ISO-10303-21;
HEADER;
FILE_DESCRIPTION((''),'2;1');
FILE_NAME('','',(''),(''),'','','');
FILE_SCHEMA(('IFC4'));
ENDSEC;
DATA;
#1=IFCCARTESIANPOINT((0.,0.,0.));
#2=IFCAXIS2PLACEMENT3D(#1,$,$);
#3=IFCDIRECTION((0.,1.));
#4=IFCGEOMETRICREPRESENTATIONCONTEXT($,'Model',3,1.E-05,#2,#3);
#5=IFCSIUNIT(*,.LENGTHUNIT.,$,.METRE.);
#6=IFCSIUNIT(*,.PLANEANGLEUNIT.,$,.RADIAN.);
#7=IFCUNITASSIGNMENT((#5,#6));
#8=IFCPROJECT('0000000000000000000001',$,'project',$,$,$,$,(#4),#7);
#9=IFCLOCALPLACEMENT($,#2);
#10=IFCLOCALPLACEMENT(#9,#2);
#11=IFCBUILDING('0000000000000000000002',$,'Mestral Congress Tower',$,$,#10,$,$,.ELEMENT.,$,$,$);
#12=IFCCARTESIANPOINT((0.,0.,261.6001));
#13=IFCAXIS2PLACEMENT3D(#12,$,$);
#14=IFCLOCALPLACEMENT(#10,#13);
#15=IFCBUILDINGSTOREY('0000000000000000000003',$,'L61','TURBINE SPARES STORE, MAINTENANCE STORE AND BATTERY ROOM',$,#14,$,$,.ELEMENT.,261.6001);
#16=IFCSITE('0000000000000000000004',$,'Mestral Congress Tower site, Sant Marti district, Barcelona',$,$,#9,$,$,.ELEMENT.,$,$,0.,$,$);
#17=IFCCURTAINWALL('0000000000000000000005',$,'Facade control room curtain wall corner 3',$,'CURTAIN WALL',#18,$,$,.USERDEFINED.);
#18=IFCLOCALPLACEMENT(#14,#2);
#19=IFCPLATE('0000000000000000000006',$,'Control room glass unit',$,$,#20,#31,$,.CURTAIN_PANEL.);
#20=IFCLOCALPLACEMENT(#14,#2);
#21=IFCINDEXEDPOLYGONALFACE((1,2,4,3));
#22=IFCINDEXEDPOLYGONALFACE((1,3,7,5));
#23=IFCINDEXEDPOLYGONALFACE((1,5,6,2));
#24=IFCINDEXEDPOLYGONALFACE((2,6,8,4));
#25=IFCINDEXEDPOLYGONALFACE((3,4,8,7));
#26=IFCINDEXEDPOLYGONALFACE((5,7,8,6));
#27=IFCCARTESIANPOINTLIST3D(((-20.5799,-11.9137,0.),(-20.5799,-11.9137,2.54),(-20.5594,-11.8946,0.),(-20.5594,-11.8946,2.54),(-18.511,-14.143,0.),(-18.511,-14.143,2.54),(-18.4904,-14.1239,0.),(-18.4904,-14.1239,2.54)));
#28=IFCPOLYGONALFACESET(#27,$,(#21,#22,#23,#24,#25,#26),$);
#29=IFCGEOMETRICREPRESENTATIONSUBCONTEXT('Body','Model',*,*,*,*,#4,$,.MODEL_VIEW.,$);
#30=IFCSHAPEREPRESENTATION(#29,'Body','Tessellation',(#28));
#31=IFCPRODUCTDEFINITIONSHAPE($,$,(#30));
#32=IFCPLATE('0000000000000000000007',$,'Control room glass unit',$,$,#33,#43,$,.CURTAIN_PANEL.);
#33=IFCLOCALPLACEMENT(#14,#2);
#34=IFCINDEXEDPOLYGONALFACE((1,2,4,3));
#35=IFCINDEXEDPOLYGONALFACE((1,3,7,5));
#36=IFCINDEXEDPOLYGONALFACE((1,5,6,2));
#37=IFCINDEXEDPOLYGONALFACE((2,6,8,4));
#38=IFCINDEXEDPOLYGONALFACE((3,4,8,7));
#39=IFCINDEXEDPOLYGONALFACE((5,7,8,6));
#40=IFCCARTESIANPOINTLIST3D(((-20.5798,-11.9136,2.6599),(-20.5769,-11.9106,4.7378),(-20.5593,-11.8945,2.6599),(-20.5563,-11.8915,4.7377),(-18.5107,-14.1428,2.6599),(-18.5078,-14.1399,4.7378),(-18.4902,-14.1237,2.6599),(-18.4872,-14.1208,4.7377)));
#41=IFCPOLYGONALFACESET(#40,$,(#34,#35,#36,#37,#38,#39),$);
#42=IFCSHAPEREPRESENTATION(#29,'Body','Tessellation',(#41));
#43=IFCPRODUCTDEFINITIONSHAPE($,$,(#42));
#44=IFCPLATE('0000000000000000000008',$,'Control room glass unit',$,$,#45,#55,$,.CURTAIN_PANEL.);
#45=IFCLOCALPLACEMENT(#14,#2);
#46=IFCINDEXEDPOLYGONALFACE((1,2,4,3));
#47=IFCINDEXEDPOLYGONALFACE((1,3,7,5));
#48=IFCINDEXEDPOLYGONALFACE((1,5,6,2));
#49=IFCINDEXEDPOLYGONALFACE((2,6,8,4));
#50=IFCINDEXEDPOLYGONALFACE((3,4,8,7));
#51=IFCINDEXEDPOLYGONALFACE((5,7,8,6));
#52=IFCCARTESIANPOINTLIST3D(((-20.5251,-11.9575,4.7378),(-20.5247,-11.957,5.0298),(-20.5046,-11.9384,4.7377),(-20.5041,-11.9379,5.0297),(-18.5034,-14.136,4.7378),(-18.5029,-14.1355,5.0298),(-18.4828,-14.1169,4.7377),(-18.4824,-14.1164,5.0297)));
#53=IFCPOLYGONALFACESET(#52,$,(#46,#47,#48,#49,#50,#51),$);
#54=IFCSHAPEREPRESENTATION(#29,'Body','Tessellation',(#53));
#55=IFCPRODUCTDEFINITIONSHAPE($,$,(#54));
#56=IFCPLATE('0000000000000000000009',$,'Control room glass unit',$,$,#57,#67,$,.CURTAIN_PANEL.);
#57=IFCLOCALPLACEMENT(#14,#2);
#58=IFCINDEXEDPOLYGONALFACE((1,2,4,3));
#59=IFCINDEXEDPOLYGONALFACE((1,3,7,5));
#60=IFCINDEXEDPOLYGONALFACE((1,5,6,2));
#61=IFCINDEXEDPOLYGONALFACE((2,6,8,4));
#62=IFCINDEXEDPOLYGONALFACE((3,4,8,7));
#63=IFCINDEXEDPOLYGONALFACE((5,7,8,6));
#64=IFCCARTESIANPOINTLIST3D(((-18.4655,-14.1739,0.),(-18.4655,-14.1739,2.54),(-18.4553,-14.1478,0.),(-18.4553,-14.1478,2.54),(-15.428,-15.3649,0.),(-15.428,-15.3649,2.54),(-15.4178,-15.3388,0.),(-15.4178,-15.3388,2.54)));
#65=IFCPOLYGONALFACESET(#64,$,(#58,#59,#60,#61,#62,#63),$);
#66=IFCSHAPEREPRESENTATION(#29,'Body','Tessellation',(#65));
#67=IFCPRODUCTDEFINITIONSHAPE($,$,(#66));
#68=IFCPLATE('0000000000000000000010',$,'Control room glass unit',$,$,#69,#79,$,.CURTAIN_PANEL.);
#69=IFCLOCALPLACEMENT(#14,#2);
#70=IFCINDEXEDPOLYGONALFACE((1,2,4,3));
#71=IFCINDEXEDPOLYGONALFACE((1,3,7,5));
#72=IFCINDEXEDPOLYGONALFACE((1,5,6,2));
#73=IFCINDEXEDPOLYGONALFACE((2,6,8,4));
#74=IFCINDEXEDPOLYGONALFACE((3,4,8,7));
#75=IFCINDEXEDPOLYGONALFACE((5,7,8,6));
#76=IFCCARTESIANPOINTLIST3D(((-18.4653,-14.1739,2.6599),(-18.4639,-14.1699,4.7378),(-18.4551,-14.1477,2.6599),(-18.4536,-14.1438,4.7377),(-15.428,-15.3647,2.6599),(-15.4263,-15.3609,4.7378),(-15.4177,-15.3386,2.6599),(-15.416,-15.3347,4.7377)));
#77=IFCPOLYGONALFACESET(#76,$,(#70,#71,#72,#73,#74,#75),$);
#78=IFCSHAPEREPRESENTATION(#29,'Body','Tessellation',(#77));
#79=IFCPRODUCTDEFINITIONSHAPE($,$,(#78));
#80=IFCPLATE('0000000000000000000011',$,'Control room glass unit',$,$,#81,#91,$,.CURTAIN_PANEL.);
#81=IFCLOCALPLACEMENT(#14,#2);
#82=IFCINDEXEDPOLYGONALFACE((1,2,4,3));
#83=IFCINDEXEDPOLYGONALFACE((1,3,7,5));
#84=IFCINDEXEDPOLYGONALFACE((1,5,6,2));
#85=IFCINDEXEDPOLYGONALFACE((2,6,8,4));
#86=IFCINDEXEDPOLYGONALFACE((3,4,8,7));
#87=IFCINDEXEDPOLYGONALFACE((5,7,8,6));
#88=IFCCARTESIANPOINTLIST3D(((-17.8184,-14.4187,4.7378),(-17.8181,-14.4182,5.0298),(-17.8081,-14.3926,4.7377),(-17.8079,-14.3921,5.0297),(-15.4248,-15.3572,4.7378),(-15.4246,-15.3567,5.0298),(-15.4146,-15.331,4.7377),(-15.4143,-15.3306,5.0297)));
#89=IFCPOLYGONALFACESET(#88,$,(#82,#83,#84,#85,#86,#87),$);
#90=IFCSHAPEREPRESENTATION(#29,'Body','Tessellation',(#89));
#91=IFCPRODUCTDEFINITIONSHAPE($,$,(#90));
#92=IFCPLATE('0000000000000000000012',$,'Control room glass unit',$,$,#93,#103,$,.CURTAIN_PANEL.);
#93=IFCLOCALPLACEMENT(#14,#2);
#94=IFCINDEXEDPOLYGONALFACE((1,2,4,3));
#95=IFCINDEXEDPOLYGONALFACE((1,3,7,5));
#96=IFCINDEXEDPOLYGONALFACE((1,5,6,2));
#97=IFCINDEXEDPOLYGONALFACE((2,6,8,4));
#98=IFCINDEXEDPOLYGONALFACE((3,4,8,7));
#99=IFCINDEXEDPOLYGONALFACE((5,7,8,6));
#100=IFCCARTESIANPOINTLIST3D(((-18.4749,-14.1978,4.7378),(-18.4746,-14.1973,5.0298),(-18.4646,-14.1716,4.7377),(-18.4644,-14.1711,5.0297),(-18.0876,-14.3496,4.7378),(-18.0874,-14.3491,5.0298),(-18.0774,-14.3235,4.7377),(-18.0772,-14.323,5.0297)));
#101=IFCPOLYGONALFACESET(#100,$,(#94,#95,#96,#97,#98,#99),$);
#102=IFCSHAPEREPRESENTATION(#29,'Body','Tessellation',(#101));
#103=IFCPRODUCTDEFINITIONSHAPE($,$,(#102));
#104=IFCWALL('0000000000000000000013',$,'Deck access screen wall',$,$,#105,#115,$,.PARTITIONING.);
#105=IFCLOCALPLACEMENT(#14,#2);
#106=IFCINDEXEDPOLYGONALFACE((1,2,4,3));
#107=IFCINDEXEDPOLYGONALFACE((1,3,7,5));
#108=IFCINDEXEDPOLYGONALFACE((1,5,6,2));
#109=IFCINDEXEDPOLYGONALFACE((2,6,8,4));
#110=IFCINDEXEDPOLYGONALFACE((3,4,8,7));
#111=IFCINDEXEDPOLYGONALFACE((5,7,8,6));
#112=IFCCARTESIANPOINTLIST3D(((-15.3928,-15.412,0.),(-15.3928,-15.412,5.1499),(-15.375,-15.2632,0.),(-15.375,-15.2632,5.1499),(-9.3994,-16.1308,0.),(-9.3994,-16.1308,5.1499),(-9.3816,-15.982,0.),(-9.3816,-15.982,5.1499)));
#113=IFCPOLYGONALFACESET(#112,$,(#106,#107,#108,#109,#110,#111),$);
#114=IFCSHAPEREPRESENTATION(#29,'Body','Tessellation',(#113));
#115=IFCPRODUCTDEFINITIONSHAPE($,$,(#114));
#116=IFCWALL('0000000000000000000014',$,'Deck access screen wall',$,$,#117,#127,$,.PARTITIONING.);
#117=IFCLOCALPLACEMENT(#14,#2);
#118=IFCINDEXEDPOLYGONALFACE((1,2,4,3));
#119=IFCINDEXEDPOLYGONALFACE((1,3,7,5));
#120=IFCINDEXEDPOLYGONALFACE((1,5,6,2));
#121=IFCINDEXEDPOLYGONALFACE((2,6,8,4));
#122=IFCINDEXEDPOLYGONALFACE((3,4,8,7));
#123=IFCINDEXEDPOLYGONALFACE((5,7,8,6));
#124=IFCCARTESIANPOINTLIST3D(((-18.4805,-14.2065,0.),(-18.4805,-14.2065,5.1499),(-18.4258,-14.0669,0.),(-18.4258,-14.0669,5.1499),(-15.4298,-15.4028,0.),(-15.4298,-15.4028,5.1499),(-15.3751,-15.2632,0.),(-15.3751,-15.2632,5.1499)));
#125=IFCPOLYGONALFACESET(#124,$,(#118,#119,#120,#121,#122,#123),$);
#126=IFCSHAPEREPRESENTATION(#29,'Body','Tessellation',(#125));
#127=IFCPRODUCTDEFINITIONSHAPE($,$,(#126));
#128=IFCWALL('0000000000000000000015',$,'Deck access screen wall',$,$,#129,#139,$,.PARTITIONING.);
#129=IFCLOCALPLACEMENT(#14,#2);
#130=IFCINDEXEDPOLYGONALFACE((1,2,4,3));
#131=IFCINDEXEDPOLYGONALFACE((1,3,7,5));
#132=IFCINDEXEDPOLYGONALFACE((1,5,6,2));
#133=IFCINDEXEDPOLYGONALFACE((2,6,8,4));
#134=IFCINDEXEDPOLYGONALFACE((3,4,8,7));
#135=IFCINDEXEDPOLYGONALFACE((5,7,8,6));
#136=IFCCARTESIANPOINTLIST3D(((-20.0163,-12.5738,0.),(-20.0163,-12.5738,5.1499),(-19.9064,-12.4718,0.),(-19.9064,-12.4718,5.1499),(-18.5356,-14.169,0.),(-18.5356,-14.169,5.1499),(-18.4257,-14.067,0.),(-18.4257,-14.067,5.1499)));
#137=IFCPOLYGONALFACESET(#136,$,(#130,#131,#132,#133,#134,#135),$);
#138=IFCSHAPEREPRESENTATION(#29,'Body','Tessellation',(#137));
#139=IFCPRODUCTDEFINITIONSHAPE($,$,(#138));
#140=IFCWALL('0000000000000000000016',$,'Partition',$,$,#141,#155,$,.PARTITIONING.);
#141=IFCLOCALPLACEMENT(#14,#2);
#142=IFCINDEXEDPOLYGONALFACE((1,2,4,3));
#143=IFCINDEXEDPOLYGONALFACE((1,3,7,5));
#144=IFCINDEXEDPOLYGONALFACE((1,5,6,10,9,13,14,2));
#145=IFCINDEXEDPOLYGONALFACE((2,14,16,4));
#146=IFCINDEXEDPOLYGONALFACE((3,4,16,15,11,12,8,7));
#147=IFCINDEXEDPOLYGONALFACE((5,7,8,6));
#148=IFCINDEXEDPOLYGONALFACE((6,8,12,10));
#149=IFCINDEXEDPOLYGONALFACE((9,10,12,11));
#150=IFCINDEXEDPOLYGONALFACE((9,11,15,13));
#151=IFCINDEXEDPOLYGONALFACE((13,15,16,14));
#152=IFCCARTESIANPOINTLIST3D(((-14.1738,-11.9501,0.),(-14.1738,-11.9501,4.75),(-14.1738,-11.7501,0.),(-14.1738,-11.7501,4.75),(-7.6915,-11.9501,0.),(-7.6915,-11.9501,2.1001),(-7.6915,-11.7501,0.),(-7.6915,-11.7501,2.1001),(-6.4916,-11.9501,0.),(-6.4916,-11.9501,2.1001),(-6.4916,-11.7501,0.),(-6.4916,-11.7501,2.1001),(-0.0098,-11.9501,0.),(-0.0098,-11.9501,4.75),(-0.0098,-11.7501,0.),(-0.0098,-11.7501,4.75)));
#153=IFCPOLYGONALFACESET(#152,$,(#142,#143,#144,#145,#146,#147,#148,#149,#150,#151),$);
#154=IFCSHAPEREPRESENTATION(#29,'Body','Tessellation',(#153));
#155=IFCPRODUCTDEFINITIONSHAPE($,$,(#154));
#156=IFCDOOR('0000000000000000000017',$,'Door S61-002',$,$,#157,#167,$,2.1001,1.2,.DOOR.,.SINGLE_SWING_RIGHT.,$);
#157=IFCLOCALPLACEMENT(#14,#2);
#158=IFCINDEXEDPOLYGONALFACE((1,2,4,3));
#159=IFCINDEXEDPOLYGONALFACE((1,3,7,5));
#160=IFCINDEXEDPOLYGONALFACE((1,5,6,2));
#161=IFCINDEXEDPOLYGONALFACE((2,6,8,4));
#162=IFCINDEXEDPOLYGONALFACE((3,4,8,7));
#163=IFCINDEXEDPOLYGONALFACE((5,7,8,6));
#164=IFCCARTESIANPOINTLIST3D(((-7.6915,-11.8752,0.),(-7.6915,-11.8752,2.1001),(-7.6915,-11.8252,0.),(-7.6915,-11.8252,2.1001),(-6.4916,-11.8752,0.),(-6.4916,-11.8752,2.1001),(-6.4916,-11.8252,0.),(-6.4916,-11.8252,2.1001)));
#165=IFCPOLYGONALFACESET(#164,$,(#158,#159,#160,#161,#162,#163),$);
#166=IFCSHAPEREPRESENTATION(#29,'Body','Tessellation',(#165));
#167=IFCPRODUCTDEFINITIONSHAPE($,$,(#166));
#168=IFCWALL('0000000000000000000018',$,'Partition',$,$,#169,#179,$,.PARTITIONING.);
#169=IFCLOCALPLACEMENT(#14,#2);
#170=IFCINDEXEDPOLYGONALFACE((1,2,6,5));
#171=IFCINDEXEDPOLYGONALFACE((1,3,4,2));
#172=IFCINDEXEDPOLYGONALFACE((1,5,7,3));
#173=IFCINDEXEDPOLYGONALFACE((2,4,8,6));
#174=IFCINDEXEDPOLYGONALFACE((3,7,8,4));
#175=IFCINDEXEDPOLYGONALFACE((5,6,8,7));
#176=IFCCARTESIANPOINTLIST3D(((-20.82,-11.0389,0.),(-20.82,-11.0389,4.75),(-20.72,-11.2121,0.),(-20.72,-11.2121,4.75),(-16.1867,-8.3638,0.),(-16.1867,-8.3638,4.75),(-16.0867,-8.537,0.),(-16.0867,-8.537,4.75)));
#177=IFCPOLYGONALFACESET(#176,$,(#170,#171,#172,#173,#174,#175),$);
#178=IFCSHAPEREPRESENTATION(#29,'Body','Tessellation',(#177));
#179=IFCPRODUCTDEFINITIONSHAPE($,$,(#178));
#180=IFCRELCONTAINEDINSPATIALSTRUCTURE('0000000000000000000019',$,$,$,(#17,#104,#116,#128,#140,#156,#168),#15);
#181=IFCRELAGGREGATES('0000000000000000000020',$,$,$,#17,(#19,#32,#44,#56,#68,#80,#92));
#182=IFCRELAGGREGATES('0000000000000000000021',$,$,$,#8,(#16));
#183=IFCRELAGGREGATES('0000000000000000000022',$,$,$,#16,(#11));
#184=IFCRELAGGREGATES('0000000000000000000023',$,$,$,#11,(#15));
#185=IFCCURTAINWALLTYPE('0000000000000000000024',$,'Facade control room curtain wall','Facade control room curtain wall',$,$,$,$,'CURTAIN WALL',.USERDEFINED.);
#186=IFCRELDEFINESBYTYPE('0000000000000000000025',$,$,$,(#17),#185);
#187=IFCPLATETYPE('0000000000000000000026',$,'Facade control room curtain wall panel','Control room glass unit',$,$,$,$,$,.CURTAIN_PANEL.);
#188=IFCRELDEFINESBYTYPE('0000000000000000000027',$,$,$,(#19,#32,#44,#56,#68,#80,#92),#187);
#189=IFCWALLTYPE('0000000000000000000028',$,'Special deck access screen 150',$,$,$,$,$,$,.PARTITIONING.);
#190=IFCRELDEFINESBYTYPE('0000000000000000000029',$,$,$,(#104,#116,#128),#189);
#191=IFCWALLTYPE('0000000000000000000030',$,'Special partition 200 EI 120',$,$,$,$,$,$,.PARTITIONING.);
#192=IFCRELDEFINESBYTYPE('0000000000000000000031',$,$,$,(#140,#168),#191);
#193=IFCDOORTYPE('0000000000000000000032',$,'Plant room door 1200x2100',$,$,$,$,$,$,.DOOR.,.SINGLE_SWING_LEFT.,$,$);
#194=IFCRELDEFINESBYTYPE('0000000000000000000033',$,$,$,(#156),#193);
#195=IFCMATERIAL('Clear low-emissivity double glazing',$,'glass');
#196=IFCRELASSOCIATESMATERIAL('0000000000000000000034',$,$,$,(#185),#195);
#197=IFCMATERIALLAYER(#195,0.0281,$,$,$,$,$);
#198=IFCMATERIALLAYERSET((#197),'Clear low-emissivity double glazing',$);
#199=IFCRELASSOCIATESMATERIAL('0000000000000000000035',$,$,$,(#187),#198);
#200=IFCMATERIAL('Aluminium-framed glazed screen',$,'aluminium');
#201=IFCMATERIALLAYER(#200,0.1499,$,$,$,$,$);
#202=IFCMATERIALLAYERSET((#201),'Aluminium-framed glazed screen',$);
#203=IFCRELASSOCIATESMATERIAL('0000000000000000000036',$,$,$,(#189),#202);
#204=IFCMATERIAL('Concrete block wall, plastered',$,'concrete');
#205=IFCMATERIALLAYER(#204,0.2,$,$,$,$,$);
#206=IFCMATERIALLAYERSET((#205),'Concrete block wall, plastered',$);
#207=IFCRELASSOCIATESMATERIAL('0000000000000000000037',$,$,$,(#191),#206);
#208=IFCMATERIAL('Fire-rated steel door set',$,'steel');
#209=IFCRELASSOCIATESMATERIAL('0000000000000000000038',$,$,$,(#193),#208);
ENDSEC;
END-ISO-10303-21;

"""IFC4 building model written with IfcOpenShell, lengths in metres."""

from ifc_helpers import new_model, si_unit, direction, frame, frame_2d, origin, origin_2d, place, context, subcontext, project, spatial, polyline, rectangle, outline, extrude, material, layer, layer_set, type_object, element, fill, aggregate, save


model = new_model("IFC4")

# Units and contexts
model_context = context("Model", 3, precision=1e-05, world=origin(), true_north=direction((0.0, 1.0)))
body_context = subcontext(model_context, "Body", "Model", "MODEL_VIEW")
ifc_project = project(units=[si_unit("LENGTHUNIT", "METRE"), si_unit("PLANEANGLEUNIT", "RADIAN")], contexts=[model_context])

# Site, building, storey
site_placement = place(None, origin())
site = spatial("IfcSite", under=ifc_project, at=site_placement, Name="Mestral Congress Tower site, Sant Marti district, Barcelona", CompositionType="ELEMENT", RefElevation=0.0)
building_placement = place(site_placement, origin())
building = spatial("IfcBuilding", under=site, at=building_placement, Name="Mestral Congress Tower", CompositionType="ELEMENT")
storey_placement = place(building_placement, frame((0.0, 0.0, 261.6001)))
storey = spatial("IfcBuildingStorey", under=building, at=storey_placement, Name="L61", Description="TURBINE SPARES STORE, MAINTENANCE STORE AND BATTERY ROOM", CompositionType="ELEMENT", Elevation=261.6001)

# Curtain wall
ifc_material_1 = material(Name="Clear low-emissivity double glazing", Category="glass")
curtain_wall_type = type_object("IfcCurtainWallType", Name="Facade control room curtain wall", Description="Facade control room curtain wall", ElementType="CURTAIN WALL", PredefinedType="USERDEFINED", material=ifc_material_1)
placement = place(storey_placement, origin())
curtain_wall_1 = element("IfcCurtainWall", 1, at=placement, inside=storey, type_object=curtain_wall_type, Name="Facade control room curtain wall corner 3", ObjectType="CURTAIN WALL", PredefinedType="USERDEFINED")

# Plates
ifc_layer_1 = layer(ifc_material_1, 0.0281)
ifc_layer_set_1 = layer_set([ifc_layer_1], Name="Clear low-emissivity double glazing")
plate_type = type_object("IfcPlateType", Name="Facade control room curtain wall panel", Description="Control room glass unit", PredefinedType="CURTAIN_PANEL", material=ifc_layer_set_1)
plate_1_placement = place(storey_placement, frame((-19.5352, -13.0188, 0.0), z_axis=(0.0, 0.0, 1.0), x_axis=(0.680253, -0.732978, 0.0)))
plate_1 = element("IfcPlate", 2, at=plate_1_placement, type_object=plate_type, Name="Control room glass unit", PredefinedType="CURTAIN_PANEL", context=body_context, shape_type="SweptSolid", body=[
    extrude(rectangle(XDim=3.0415, YDim=0.0281, at=origin_2d()), origin(), (0.0, 0.0, 1.0), 2.54),
])
plate_2_placement = place(storey_placement, frame((-18.5107, -14.1428, 2.6599), z_axis=(-0.732944, -0.680287, 0.001993), x_axis=(-0.680288, 0.732945, 0.0)))
plate_2 = element("IfcPlate", 3, at=plate_2_placement, type_object=plate_type, Name="Control room glass unit", PredefinedType="CURTAIN_PANEL", context=body_context, shape_type="SweptSolid", body=[
    extrude(outline(polyline([(0.0, 0.0), (3.0415, 0.0), (3.0416, -2.0779), (0.0002, -2.0779), (0.0, 0.0)])), origin(), (0.0, 0.0, -1.0), 0.0281),
])
plate_3_placement = place(storey_placement, frame((-18.5029, -14.1355, 5.0298), z_axis=(-0.732982, -0.680244, 0.002363), x_axis=(-0.001672, -0.001672, -0.999997)))
plate_3 = element("IfcPlate", 4, at=plate_3_placement, type_object=plate_type, Name="Control room glass unit", PredefinedType="CURTAIN_PANEL", context=body_context, shape_type="SweptSolid", body=[
    extrude(outline(polyline([(0.0, 0.0), (0.292, 0.0), (0.2917, -2.9721), (-0.0003, -2.9721), (0.0, 0.0)])), origin(), (0.0, 0.0, -1.0), 0.0281),
])
plate_4_placement = place(storey_placement, frame((-16.9417, -14.7563, 0.0), z_axis=(0.0, 0.0, 1.0), x_axis=(0.930994, -0.365034, 0.0)))
plate_4 = element("IfcPlate", 5, at=plate_4_placement, type_object=plate_type, Name="Control room glass unit", PredefinedType="CURTAIN_PANEL", context=body_context, shape_type="SweptSolid", body=[
    extrude(rectangle(XDim=3.2627, YDim=0.0281, at=origin_2d()), origin(), (0.0, 0.0, 1.0), 2.54),
])
plate_5_placement = place(storey_placement, frame((-15.428, -15.3647, 2.6599), z_axis=(-0.365021, -0.930997, 0.002029), x_axis=(-0.930999, 0.365021, 0.0)))
plate_5 = element("IfcPlate", 6, at=plate_5_placement, type_object=plate_type, Name="Control room glass unit", PredefinedType="CURTAIN_PANEL", context=body_context, shape_type="SweptSolid", body=[
    extrude(outline(polyline([(0.0, 0.0), (3.2625, 0.0), (3.2625, -2.0779), (-0.0002, -2.0779), (0.0, 0.0)])), origin(), (0.0, 0.0, -1.0), 0.0281),
])
plate_6_placement = place(storey_placement, frame((-15.4246, -15.3567, 5.0298), z_axis=(-0.365029, -0.930994, 0.001862), x_axis=(-0.000836, -0.001672, -0.999998)))
plate_6 = element("IfcPlate", 7, at=plate_6_placement, type_object=plate_type, Name="Control room glass unit", PredefinedType="CURTAIN_PANEL", context=body_context, shape_type="SweptSolid", body=[
    extrude(outline(polyline([(0.0, 0.0), (0.292, 0.0), (0.2924, -2.571), (0.0004, -2.571), (0.0, 0.0)])), origin(), (0.0, 0.0, -1.0), 0.0281),
])
plate_7_placement = place(storey_placement, frame((-18.4749, -14.1978, 4.7378), z_axis=(-0.365107, -0.930964, 0.001862), x_axis=(0.000836, 0.001672, 0.999998)))
plate_7 = element("IfcPlate", 8, at=plate_7_placement, type_object=plate_type, Name="Control room glass unit", PredefinedType="CURTAIN_PANEL", context=body_context, shape_type="SweptSolid", body=[
    extrude(outline(polyline([(0.0, 0.0), (0.292, 0.0), (0.2921, -0.4159), (0.0001, -0.4159), (0.0, 0.0)])), origin(), (0.0, 0.0, -1.0), 0.0281),
])
aggregate(curtain_wall_1, [plate_1, plate_2, plate_3, plate_4, plate_5, plate_6, plate_7])

# Walls
ifc_material_2 = material(Name="Aluminium-framed glazed screen", Category="aluminium")
ifc_layer_2 = layer(ifc_material_2, 0.1499)
ifc_layer_set_2 = layer_set([ifc_layer_2], Name="Aluminium-framed glazed screen")
wall_type_1 = type_object("IfcWallType", Name="Special deck access screen 150", PredefinedType="PARTITIONING", material=ifc_layer_set_2)
wall_1_placement = place(storey_placement, frame((-15.3838, -15.3376, 0.0), z_axis=(0.0, 0.0, 1.0), x_axis=(0.992886, -0.11907, 0.0)))
element("IfcWall", 9, at=wall_1_placement, inside=storey, type_object=wall_type_1, Name="Deck access screen wall", PredefinedType="PARTITIONING", context=body_context, shape_type="SweptSolid", body=[
    extrude(rectangle(XDim=6.0364, YDim=0.1499, at=frame_2d((3.0181, 0.0))), origin(), (0.0, 0.0, 1.0), 5.1499),
])
wall_2_placement = place(storey_placement, frame((-18.4531, -14.1367, 0.0), z_axis=(0.0, 0.0, 1.0), x_axis=(0.930983, -0.365062, 0.0)))
element("IfcWall", 10, at=wall_2_placement, inside=storey, type_object=wall_type_1, Name="Deck access screen wall", PredefinedType="PARTITIONING", context=body_context, shape_type="SweptSolid", body=[
    extrude(rectangle(XDim=3.2769, YDim=0.1499, at=frame_2d((1.6384, 0.0))), origin(), (0.0, 0.0, 1.0), 5.1499),
])
wall_3_placement = place(storey_placement, frame((-19.9614, -12.5227, 0.0), z_axis=(0.0, 0.0, 1.0), x_axis=(0.680313, -0.732921, 0.0)))
element("IfcWall", 11, at=wall_3_placement, inside=storey, type_object=wall_type_1, Name="Deck access screen wall", PredefinedType="PARTITIONING", context=body_context, shape_type="SweptSolid", body=[
    extrude(rectangle(XDim=2.1765, YDim=0.1499, at=frame_2d((1.0884, 0.0))), origin(), (0.0, 0.0, 1.0), 5.1499),
])

# Wall, opening, door
ifc_material_3 = material(Name="Concrete block wall, plastered", Category="concrete")
ifc_layer_3 = layer(ifc_material_3, 0.2)
ifc_layer_set_3 = layer_set([ifc_layer_3], Name="Concrete block wall, plastered")
wall_type_2 = type_object("IfcWallType", Name="Special partition 200 EI 120", PredefinedType="PARTITIONING", material=ifc_layer_set_3)
wall_4_placement = place(storey_placement, frame((-14.1738, -11.8501, 0.0), z_axis=(0.0, 0.0, 1.0), x_axis=(1.0, 0.0, 0.0)))
wall_4 = element("IfcWall", 12, at=wall_4_placement, inside=storey, type_object=wall_type_2, Name="Partition", PredefinedType="PARTITIONING", context=body_context, shape_type="SweptSolid", body=[
    extrude(rectangle(XDim=14.1641, YDim=0.2, at=frame_2d((7.082, 0.0))), origin(), (0.0, 0.0, 1.0), 4.75),
])
opening_placement = place(wall_4_placement, frame((6.4822, 0.0, 0.0)))
opening = element("IfcOpeningElement", 13, at=opening_placement, cuts=wall_4, PredefinedType="OPENING", context=body_context, shape_type="SweptSolid", body=[
    extrude(rectangle(XDim=1.2, YDim=2.1001, at=frame_2d((0.6001, 1.05))), frame((0.0, 0.1099, 0.0), z_axis=(0.0, -1.0, 0.0), x_axis=(1.0, 0.0, 0.0)), (0.0, 0.0, 1.0), 0.22),
])
ifc_material_4 = material(Name="Fire-rated steel door set", Category="steel")
door_type = type_object("IfcDoorType", Name="Plant room door 1200x2100", OperationType="SINGLE_SWING_LEFT", PredefinedType="DOOR", material=ifc_material_4)
door_placement = place(opening_placement, origin())
door = element("IfcDoor", 14, at=door_placement, inside=storey, type_object=door_type, Name="Door S61-002", OperationType="SINGLE_SWING_RIGHT", OverallHeight=2.1001, OverallWidth=1.2, PredefinedType="DOOR", context=body_context, shape_type="SweptSolid", body=[
    extrude(rectangle(XDim=1.2, YDim=2.1001, at=frame_2d((0.6001, 1.05))), frame((0.0, 0.0249, 0.0), z_axis=(0.0, -1.0, 0.0), x_axis=(1.0, 0.0, 0.0)), (0.0, 0.0, 1.0), 0.05),
])
fill(opening, door)

# Wall
wall_5_placement = place(storey_placement, frame((-20.77, -11.1255, 0.0), z_axis=(0.0, 0.0, 1.0), x_axis=(0.866024, 0.500002, 0.0)))
element("IfcWall", 15, at=wall_5_placement, inside=storey, type_object=wall_type_2, Name="Partition", PredefinedType="PARTITIONING", context=body_context, shape_type="SweptSolid", body=[
    extrude(rectangle(XDim=5.3501, YDim=0.2, at=frame_2d((2.675, 0.0))), origin(), (0.0, 0.0, 1.0), 4.75),
])

save(model, "model.ifc")
